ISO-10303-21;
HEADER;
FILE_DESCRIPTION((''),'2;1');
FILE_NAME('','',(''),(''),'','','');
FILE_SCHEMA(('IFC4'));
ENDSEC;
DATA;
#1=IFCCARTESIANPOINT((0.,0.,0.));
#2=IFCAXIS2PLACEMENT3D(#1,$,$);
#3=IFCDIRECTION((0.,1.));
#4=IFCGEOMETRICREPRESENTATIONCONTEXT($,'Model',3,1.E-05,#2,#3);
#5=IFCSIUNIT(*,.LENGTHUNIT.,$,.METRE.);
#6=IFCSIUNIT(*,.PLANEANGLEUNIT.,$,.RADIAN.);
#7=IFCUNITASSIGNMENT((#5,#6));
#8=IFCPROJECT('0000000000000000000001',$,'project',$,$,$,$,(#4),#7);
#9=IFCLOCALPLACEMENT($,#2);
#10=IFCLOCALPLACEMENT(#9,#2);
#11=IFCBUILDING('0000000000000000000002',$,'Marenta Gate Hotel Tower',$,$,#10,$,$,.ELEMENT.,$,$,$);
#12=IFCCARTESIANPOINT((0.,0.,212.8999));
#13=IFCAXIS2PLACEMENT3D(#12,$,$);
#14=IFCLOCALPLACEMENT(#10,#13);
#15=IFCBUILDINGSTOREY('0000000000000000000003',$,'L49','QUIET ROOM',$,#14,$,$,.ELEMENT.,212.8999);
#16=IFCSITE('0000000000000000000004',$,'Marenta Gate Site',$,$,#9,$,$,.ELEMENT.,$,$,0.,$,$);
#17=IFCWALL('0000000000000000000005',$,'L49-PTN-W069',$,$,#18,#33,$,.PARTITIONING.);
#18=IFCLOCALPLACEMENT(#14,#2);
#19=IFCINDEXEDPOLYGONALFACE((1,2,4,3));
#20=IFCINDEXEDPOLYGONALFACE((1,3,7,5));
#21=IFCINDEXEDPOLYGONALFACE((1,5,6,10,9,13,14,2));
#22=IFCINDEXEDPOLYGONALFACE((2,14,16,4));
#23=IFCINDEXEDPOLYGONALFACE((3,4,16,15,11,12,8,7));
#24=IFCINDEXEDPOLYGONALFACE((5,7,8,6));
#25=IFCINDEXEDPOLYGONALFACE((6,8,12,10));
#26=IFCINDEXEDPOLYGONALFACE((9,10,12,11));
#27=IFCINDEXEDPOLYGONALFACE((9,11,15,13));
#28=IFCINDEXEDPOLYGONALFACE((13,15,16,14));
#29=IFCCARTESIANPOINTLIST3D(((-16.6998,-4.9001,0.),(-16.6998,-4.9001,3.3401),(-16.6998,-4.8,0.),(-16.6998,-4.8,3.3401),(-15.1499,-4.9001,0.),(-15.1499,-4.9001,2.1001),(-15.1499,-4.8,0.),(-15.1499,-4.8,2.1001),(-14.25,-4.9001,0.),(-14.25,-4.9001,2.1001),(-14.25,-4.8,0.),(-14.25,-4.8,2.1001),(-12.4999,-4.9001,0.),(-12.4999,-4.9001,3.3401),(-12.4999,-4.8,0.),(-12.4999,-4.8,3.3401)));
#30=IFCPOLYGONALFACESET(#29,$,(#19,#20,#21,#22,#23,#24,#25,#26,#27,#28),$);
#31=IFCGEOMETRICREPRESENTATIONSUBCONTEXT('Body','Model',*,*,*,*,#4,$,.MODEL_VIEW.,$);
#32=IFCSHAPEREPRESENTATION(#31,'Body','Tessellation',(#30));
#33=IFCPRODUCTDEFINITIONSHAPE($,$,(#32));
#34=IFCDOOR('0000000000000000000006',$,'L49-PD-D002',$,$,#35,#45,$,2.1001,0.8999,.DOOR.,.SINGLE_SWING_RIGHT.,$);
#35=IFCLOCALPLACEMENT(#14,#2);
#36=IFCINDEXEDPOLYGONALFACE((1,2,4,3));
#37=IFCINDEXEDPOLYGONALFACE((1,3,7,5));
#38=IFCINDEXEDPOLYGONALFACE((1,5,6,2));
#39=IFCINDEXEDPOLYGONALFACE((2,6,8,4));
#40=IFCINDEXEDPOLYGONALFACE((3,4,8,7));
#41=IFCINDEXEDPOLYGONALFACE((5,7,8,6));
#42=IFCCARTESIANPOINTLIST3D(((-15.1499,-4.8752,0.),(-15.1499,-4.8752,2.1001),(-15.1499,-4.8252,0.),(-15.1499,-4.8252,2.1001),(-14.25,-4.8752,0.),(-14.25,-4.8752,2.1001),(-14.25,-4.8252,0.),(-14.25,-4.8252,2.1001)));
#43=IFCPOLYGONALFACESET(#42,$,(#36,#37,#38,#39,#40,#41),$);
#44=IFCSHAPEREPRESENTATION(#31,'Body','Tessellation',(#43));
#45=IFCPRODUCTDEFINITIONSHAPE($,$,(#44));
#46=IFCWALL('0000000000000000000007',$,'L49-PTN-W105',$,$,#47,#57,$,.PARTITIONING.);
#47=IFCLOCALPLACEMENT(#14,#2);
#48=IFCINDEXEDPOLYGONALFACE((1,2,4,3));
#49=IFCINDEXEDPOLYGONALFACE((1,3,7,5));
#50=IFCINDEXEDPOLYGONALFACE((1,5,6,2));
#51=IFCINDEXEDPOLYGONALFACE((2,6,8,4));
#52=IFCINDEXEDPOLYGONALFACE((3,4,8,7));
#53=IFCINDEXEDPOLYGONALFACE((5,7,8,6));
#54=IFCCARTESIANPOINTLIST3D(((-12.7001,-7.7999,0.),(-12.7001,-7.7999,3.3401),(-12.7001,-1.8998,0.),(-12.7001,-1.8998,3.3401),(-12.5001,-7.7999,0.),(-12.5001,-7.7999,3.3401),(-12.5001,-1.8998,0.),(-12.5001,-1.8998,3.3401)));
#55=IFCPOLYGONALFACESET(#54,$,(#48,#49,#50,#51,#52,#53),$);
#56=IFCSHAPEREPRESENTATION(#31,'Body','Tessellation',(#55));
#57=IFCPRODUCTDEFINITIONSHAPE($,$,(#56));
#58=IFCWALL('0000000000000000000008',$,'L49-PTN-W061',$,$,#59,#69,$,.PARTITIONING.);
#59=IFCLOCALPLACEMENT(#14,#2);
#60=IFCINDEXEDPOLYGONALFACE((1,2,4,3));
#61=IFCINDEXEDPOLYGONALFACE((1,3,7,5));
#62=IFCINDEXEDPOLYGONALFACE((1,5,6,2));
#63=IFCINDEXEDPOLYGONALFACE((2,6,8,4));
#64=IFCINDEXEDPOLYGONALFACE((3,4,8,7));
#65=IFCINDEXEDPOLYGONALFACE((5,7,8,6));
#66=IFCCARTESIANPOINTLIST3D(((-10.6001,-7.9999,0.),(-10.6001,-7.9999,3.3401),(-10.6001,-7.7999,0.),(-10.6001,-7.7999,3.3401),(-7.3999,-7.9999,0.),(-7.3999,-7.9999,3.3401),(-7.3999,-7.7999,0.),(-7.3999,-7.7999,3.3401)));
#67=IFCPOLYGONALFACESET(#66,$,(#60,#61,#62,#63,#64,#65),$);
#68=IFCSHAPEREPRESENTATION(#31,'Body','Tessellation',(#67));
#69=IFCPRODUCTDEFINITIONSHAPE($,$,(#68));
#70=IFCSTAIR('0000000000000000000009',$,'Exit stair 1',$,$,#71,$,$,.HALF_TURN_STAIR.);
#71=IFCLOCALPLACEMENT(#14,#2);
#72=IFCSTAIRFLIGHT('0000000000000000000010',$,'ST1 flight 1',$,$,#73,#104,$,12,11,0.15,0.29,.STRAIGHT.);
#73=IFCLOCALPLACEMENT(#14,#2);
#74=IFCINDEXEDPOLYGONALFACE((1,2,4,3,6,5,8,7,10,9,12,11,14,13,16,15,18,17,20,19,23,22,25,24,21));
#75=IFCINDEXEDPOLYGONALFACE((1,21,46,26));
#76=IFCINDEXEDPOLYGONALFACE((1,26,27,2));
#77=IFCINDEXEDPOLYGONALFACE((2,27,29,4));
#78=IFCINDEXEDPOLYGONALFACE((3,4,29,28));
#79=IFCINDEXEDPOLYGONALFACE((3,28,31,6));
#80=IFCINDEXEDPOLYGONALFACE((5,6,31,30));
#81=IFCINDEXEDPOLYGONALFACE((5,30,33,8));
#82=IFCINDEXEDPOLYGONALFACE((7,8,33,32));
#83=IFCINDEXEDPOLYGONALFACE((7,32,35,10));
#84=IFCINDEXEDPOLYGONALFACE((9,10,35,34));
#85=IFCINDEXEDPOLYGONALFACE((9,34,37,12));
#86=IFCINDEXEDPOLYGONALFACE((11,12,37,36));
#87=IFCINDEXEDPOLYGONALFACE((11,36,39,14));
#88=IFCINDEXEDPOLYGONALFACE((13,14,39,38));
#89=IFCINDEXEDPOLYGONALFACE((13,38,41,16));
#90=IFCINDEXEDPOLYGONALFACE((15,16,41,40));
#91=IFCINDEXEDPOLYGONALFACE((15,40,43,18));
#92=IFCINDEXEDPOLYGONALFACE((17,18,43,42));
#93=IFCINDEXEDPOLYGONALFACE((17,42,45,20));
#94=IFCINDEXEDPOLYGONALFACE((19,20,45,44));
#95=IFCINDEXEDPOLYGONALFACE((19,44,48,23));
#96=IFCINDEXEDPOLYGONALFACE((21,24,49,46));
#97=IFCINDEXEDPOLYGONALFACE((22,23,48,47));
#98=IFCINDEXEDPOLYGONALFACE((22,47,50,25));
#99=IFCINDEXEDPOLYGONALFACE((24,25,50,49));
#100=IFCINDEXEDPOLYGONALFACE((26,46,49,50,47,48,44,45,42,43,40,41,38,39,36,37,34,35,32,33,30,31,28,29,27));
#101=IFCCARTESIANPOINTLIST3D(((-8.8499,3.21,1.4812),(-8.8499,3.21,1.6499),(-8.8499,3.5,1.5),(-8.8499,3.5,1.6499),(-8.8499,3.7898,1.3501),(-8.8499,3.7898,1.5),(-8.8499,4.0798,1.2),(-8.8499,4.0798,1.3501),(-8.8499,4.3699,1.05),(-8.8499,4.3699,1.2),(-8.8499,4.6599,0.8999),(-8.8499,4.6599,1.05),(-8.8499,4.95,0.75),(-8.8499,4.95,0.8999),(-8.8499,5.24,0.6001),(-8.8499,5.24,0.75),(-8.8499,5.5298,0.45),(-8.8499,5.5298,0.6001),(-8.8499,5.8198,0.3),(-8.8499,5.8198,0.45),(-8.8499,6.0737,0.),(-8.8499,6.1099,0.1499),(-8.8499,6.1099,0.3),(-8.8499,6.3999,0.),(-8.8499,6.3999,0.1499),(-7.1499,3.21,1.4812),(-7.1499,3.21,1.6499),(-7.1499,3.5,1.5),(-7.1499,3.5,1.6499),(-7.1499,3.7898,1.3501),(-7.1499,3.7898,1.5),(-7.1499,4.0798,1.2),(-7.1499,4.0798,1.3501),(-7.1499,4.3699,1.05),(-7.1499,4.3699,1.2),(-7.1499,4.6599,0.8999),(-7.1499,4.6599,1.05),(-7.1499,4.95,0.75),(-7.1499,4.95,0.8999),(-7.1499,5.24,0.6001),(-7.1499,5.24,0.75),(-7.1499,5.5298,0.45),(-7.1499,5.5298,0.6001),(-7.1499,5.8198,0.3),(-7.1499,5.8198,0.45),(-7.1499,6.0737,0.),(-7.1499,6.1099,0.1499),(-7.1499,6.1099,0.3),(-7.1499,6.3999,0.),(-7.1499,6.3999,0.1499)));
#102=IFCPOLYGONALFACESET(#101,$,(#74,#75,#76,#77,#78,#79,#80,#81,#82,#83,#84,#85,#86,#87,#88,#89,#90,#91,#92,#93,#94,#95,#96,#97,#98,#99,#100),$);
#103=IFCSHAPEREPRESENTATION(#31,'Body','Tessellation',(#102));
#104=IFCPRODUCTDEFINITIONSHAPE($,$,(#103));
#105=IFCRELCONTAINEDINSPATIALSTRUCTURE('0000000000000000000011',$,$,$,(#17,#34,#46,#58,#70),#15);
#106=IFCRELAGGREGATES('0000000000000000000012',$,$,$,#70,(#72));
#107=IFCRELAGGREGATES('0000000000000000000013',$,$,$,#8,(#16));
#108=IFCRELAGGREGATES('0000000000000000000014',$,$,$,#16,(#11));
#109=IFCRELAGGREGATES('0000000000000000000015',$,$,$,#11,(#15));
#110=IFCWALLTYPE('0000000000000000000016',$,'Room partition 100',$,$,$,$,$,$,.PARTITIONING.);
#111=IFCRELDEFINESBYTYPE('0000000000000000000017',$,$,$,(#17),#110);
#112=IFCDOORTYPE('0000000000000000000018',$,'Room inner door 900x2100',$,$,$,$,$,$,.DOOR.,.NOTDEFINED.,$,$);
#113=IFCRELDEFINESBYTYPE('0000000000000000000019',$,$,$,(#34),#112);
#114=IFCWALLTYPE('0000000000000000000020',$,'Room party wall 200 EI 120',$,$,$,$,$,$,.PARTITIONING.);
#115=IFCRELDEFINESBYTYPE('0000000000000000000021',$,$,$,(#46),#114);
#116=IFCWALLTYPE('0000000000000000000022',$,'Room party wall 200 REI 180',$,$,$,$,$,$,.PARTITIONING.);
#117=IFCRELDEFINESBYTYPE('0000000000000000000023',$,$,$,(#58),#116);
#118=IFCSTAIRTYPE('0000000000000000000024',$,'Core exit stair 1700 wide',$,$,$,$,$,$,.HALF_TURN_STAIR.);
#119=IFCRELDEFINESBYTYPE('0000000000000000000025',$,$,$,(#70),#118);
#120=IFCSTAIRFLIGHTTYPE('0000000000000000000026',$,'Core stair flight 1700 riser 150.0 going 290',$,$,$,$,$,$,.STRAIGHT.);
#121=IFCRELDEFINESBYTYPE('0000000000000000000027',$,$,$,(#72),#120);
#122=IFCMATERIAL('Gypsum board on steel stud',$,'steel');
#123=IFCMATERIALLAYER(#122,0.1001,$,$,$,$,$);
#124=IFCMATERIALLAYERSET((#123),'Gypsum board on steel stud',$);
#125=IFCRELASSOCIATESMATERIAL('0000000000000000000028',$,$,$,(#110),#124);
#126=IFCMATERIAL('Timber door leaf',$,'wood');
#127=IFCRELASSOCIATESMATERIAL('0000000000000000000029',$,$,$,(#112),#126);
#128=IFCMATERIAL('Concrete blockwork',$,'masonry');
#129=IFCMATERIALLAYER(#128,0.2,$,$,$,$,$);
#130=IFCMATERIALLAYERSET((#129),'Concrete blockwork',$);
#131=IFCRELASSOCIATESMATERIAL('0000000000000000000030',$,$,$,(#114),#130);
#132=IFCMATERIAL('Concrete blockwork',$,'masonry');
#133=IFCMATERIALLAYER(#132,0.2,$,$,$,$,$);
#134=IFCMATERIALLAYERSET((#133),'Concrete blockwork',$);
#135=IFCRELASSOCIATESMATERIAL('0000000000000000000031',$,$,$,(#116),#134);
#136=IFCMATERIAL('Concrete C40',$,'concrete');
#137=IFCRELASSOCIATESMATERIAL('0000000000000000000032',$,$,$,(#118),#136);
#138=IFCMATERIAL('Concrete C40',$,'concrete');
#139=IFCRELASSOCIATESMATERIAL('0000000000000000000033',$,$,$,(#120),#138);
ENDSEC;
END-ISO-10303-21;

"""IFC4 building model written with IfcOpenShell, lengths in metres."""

from ifc_helpers import new_model, si_unit, direction, frame, frame_2d, origin, place, context, subcontext, project, spatial, polyline, rectangle, outline, extrude, material, layer, layer_set, type_object, element, fill, aggregate, save


model = new_model("IFC4")

# Units and contexts
model_context = context("Model", 3, precision=1e-05, world=origin(), true_north=direction((0.0, 1.0)))
body_context = subcontext(model_context, "Body", "Model", "MODEL_VIEW")
ifc_project = project(units=[si_unit("LENGTHUNIT", "METRE"), si_unit("PLANEANGLEUNIT", "RADIAN")], contexts=[model_context])

# Site, building, storey
site_placement = place(None, origin())
site = spatial("IfcSite", under=ifc_project, at=site_placement, Name="Marenta Gate Site", CompositionType="ELEMENT", RefElevation=0.0)
building_placement = place(site_placement, origin())
building = spatial("IfcBuilding", under=site, at=building_placement, Name="Marenta Gate Hotel Tower", CompositionType="ELEMENT")
storey_placement = place(building_placement, frame((0.0, 0.0, 212.8999)))
storey = spatial("IfcBuildingStorey", under=building, at=storey_placement, Name="L49", Description="QUIET ROOM", CompositionType="ELEMENT", Elevation=212.8999)

# Wall, opening, door
ifc_material_1 = material(Name="Gypsum board on steel stud", Category="steel")
ifc_layer_1 = layer(ifc_material_1, 0.1001)
ifc_layer_set_1 = layer_set([ifc_layer_1], Name="Gypsum board on steel stud")
wall_type_1 = type_object("IfcWallType", Name="Room partition 100", PredefinedType="PARTITIONING", material=ifc_layer_set_1)
ifc_material_2 = material(Name="Timber door leaf", Category="wood")
door_type_1 = type_object("IfcDoorType", Name="Room inner door 900x2100", OperationType="NOTDEFINED", PredefinedType="DOOR", material=ifc_material_2)
wall_1_placement = place(storey_placement, frame((-16.7, -4.8501, 0.0), z_axis=(0.0, 0.0, 1.0), x_axis=(1.0, 0.0, 0.0)))
wall_1 = element("IfcWall", 1, at=wall_1_placement, inside=storey, type_object=wall_type_1, Name="L49-PTN-W069", PredefinedType="PARTITIONING", context=body_context, shape_type="SweptSolid", body=[
    extrude(rectangle(XDim=4.2, YDim=0.1001, at=frame_2d((2.1001, 0.0))), origin(), (0.0, 0.0, 1.0), 3.3401),
])
opening_1_placement = place(wall_1_placement, frame((1.55, 0.0, 0.0)))
opening_1 = element("IfcOpeningElement", 2, at=opening_1_placement, cuts=wall_1, PredefinedType="OPENING", context=body_context, shape_type="SweptSolid", body=[
    extrude(rectangle(XDim=0.8999, YDim=2.1001, at=frame_2d((0.45, 1.05))), frame((0.0, 0.05, 0.0), z_axis=(0.0, -1.0, 0.0), x_axis=(1.0, 0.0, 0.0)), (0.0, 0.0, 1.0), 0.1001),
])
door_1_placement = place(opening_1_placement, origin())
door_1 = element("IfcDoor", 3, at=door_1_placement, inside=storey, type_object=door_type_1, Name="L49-PD-D002", OperationType="SINGLE_SWING_RIGHT", OverallHeight=2.1001, OverallWidth=0.8999, PredefinedType="DOOR", context=body_context, shape_type="SweptSolid", body=[
    extrude(rectangle(XDim=0.8999, YDim=2.1001, at=frame_2d((0.45, 1.05))), frame((0.0, 0.0249, 0.0), z_axis=(0.0, -1.0, 0.0), x_axis=(1.0, 0.0, 0.0)), (0.0, 0.0, 1.0), 0.05),
])
fill(opening_1, door_1)

# Walls
ifc_material_3 = material(Name="Concrete blockwork", Category="masonry")
ifc_layer_2 = layer(ifc_material_3, 0.2)
ifc_layer_set_2 = layer_set([ifc_layer_2], Name="Concrete blockwork")
wall_type_2 = type_object("IfcWallType", Name="Room party wall 200 EI 120", PredefinedType="PARTITIONING", material=ifc_layer_set_2)
wall_2_placement = place(storey_placement, frame((-12.6001, -7.8, 0.0), z_axis=(0.0, 0.0, 1.0), x_axis=(0.0, 1.0, 0.0)))
element("IfcWall", 4, at=wall_2_placement, inside=storey, type_object=wall_type_2, Name="L49-PTN-W105", PredefinedType="PARTITIONING", context=body_context, shape_type="SweptSolid", body=[
    extrude(rectangle(XDim=5.9001, YDim=0.2, at=frame_2d((2.9502, 0.0))), origin(), (0.0, 0.0, 1.0), 3.3401),
])
ifc_material_4 = material(Name="Concrete blockwork", Category="masonry")
ifc_layer_3 = layer(ifc_material_4, 0.2)
ifc_layer_set_3 = layer_set([ifc_layer_3], Name="Concrete blockwork")
wall_type_3 = type_object("IfcWallType", Name="Room party wall 200 REI 180", PredefinedType="PARTITIONING", material=ifc_layer_set_3)
wall_3_placement = place(storey_placement, frame((-10.6001, -7.8999, 0.0), z_axis=(0.0, 0.0, 1.0), x_axis=(1.0, 0.0, 0.0)))
element("IfcWall", 5, at=wall_3_placement, inside=storey, type_object=wall_type_3, Name="L49-PTN-W061", PredefinedType="PARTITIONING", context=body_context, shape_type="SweptSolid", body=[
    extrude(rectangle(XDim=3.2002, YDim=0.2, at=frame_2d((1.6001, 0.0))), origin(), (0.0, 0.0, 1.0), 3.3401),
])

# Stair, stair flight
ifc_material_5 = material(Name="Concrete C40", Category="concrete")
stair_type = type_object("IfcStairType", Name="Core exit stair 1700 wide", PredefinedType="HALF_TURN_STAIR", material=ifc_material_5)
stair_placement = place(storey_placement, origin())
stair = element("IfcStair", 6, at=stair_placement, inside=storey, type_object=stair_type, Name="Exit stair 1", PredefinedType="HALF_TURN_STAIR")
ifc_material_6 = material(Name="Concrete C40", Category="concrete")
stair_flight_type = type_object("IfcStairFlightType", Name="Core stair flight 1700 riser 150.0 going 290", PredefinedType="STRAIGHT", material=ifc_material_6)
stair_flight_placement = place(storey_placement, frame((-8.0, 6.3999, 0.0), z_axis=(0.0, 0.0, 1.0), x_axis=(0.0, -1.0, 0.0)))
stair_flight = element("IfcStairFlight", 7, at=stair_flight_placement, type_object=stair_flight_type, Name="ST1 flight 1", NumberOfRisers=12, NumberOfTreads=11, PredefinedType="STRAIGHT", RiserHeight=0.15, TreadLength=0.29, context=body_context, shape_type="SweptSolid", body=[
    extrude(outline(polyline([(0.0, 0.0), (0.0, 0.1499), (0.29, 0.1499), (0.29, 0.3), (0.5801, 0.3), (0.5801, 0.45), (0.8701, 0.45), (0.8701, 0.6001), (1.1599, 0.6001), (1.1599, 0.75), (1.45, 0.75), (1.45, 0.8999), (1.74, 0.8999), (1.74, 1.05), (2.03, 1.05), (2.03, 1.2), (2.3201, 1.2), (2.3201, 1.3501), (2.6101, 1.3501), (2.6101, 1.5), (2.8999, 1.5), (2.8999, 1.6499), (3.1899, 1.6499), (3.1899, 1.8), (3.1899, 1.4812), (0.3262, 0.0), (0.0, 0.0)])), frame((0.0, 0.8501, 0.0), z_axis=(0.0, -1.0, 0.0), x_axis=(1.0, 0.0, 0.0)), (0.0, 0.0, 1.0), 1.7),
])
aggregate(stair, [stair_flight])

save(model, "model.ifc")
